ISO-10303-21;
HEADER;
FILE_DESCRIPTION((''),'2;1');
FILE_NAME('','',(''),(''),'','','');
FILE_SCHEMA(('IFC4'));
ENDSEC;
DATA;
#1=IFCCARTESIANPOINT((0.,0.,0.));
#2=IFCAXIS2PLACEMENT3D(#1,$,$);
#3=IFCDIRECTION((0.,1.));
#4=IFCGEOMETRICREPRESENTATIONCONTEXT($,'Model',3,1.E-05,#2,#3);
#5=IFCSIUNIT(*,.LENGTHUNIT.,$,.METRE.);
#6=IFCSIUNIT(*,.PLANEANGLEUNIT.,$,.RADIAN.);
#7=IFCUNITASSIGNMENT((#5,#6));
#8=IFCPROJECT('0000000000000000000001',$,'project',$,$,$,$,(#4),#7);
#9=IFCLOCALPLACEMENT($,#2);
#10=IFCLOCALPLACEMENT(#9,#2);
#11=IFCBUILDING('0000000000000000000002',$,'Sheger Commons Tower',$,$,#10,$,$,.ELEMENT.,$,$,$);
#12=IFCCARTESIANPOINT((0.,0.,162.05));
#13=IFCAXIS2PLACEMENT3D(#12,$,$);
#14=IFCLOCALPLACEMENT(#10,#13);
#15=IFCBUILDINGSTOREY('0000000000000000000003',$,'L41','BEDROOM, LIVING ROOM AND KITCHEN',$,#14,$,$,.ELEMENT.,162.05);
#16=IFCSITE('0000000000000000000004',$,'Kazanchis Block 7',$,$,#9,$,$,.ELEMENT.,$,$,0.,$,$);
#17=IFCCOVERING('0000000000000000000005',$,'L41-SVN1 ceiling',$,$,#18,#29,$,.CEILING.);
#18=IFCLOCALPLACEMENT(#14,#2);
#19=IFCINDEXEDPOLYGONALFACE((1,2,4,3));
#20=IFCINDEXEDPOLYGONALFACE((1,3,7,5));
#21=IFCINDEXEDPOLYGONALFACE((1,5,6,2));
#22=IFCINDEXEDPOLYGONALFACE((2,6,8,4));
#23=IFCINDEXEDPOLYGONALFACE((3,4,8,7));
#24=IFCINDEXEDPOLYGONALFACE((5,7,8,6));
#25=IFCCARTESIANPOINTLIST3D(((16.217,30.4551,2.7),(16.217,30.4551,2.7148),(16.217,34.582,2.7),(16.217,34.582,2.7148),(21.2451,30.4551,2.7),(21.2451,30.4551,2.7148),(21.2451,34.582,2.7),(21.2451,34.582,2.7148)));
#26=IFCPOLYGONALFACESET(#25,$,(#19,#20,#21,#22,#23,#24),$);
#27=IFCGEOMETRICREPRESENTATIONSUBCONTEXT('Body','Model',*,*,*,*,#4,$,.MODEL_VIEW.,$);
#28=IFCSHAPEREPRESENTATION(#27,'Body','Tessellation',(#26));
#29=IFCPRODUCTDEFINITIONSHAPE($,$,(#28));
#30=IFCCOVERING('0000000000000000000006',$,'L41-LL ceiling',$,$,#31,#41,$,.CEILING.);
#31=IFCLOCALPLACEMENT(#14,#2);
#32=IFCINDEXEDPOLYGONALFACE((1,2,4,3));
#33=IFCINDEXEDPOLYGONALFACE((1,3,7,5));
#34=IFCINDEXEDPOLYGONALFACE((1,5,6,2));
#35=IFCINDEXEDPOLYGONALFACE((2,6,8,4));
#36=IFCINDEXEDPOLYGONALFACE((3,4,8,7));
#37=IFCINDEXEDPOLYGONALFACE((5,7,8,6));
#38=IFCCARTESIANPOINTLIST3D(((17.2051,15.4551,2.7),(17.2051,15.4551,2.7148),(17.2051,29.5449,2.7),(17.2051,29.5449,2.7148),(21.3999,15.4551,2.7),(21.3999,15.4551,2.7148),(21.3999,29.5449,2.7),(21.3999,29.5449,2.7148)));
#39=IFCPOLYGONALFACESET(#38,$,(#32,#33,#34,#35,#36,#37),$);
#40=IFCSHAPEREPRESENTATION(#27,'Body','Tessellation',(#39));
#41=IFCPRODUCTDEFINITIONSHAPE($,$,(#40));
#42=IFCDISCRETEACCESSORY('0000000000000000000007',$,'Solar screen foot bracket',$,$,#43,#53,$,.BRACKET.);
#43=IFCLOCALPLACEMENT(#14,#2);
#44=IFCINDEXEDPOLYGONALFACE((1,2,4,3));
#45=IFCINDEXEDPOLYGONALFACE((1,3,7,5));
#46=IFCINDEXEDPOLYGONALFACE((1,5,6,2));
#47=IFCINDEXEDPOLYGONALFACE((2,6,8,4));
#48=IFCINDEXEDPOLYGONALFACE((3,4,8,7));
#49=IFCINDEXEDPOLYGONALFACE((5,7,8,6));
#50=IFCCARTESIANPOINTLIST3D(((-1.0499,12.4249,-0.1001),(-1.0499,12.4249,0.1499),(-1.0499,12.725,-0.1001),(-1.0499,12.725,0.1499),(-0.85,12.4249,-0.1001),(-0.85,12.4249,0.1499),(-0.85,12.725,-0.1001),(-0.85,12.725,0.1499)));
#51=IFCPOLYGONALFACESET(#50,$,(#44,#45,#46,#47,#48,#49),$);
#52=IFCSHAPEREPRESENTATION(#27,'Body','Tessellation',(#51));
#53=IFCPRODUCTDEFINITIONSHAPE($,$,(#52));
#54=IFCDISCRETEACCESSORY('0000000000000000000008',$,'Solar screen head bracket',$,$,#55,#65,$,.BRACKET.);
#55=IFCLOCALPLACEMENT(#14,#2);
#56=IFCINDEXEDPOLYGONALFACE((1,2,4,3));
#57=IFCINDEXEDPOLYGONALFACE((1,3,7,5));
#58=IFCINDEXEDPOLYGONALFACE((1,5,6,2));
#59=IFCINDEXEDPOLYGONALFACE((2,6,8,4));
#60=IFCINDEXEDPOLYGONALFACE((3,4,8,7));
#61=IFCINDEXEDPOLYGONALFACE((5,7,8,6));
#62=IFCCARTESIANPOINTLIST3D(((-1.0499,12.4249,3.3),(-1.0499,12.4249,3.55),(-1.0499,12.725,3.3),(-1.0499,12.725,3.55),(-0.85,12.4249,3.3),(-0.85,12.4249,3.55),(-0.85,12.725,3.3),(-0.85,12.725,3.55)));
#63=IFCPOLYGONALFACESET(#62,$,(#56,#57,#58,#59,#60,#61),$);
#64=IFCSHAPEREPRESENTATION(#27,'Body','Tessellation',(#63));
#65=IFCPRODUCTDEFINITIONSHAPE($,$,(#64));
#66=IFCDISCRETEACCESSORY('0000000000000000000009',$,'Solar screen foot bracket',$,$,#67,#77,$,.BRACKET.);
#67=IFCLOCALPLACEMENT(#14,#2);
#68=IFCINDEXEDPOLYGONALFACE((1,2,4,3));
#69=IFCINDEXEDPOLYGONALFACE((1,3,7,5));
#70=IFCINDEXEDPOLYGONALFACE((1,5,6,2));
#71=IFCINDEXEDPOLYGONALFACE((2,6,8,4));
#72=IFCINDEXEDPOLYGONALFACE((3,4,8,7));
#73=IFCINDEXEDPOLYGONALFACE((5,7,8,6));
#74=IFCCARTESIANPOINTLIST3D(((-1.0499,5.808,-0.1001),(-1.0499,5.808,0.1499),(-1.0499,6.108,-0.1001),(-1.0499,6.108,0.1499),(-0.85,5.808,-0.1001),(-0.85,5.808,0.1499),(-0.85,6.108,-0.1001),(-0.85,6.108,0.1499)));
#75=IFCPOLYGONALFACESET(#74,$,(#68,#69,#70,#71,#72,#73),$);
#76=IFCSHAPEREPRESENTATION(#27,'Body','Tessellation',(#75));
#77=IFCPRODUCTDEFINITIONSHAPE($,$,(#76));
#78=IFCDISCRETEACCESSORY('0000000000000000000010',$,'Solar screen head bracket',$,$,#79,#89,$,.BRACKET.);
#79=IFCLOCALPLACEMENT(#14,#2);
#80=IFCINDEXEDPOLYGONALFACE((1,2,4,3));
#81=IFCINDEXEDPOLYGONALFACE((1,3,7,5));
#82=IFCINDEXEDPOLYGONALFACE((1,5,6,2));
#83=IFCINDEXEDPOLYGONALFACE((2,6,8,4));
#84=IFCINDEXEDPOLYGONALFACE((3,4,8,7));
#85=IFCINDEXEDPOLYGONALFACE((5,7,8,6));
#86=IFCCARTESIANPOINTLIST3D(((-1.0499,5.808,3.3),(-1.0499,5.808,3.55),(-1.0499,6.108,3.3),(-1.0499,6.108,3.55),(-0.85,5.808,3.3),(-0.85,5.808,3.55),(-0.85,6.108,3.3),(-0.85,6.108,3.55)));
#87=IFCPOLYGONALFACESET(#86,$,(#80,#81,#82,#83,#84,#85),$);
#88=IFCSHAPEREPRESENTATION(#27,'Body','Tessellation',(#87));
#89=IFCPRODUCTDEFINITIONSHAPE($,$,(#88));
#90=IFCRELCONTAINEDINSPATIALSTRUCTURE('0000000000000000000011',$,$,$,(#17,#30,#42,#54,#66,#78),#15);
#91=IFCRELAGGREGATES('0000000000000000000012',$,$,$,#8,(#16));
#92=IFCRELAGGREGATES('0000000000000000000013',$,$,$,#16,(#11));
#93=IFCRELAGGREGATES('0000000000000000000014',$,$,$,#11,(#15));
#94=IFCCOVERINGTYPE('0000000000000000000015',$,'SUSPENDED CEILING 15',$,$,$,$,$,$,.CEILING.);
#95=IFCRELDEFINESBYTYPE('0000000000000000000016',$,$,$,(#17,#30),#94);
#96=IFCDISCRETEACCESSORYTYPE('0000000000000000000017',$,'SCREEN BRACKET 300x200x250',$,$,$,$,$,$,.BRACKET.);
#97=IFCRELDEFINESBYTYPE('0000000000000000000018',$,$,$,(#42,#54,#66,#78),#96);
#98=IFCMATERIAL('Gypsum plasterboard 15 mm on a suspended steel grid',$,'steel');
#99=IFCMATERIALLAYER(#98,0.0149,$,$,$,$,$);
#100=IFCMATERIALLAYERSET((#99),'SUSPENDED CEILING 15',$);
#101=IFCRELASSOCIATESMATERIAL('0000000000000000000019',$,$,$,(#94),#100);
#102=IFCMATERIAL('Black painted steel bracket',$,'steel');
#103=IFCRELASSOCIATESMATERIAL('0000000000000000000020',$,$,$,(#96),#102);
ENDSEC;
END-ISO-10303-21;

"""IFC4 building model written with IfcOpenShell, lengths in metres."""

from ifc_helpers import new_model, si_unit, direction, frame, origin, origin_2d, place, context, subcontext, project, spatial, polyline, rectangle, outline, extrude, material, layer, layer_set, type_object, element, save


model = new_model("IFC4")

# Units and contexts
model_context = context("Model", 3, precision=1e-05, world=origin(), true_north=direction((0.0, 1.0)))
body_context = subcontext(model_context, "Body", "Model", "MODEL_VIEW")
ifc_project = project(units=[si_unit("LENGTHUNIT", "METRE"), si_unit("PLANEANGLEUNIT", "RADIAN")], contexts=[model_context])

# Site, building, storey
site_placement = place(None, origin())
site = spatial("IfcSite", under=ifc_project, at=site_placement, Name="Kazanchis Block 7", CompositionType="ELEMENT", RefElevation=0.0)
building_placement = place(site_placement, origin())
building = spatial("IfcBuilding", under=site, at=building_placement, Name="Sheger Commons Tower", CompositionType="ELEMENT")
storey_placement = place(building_placement, frame((0.0, 0.0, 162.05)))
storey = spatial("IfcBuildingStorey", under=building, at=storey_placement, Name="L41", Description="BEDROOM, LIVING ROOM AND KITCHEN", CompositionType="ELEMENT", Elevation=162.05)

# Coverings
ifc_material_1 = material(Name="Gypsum plasterboard 15 mm on a suspended steel grid", Category="steel")
ifc_layer_1 = layer(ifc_material_1, 0.0149)
ifc_layer_set_1 = layer_set([ifc_layer_1], Name="SUSPENDED CEILING 15")
covering_type_1 = type_object("IfcCoveringType", Name="SUSPENDED CEILING 15", PredefinedType="CEILING", material=ifc_layer_set_1)
covering_1_placement = place(storey_placement, frame((0.0, 0.0, 2.7)))
element("IfcCovering", 1, at=covering_1_placement, inside=storey, type_object=covering_type_1, Name="L41-SVN1 ceiling", PredefinedType="CEILING", context=body_context, shape_type="SweptSolid", body=[
    extrude(outline(polyline([(16.217, 30.4551), (21.2451, 30.4551), (21.2451, 34.582), (16.217, 34.582), (16.217, 30.4551)])), origin(), (0.0, 0.0, 1.0), 0.0149),
])
covering_2_placement = place(storey_placement, frame((0.0, 0.0, 2.7)))
element("IfcCovering", 2, at=covering_2_placement, inside=storey, type_object=covering_type_1, Name="L41-LL ceiling", PredefinedType="CEILING", context=body_context, shape_type="SweptSolid", body=[
    extrude(outline(polyline([(17.2051, 15.4551), (21.3999, 15.4551), (21.3999, 29.5449), (17.2051, 29.5449), (17.2051, 15.4551)])), origin(), (0.0, 0.0, 1.0), 0.0149),
])

# Discrete accessories
ifc_material_2 = material(Name="Black painted steel bracket", Category="steel")
discrete_accessory_type = type_object("IfcDiscreteAccessoryType", Name="SCREEN BRACKET 300x200x250", PredefinedType="BRACKET", material=ifc_material_2)
for number, where, z_axis, x_axis, name in (
    (3, (-0.95, 12.575, -0.1001), (0.0, 0.0, 1.0), (0.0, -1.0, 0.0), "Solar screen foot bracket"),
    (4, (-0.95, 12.575, 3.3), (0.0, 0.0, 1.0), (0.0, -1.0, 0.0), "Solar screen head bracket"),
    (5, (-0.95, 5.958, -0.1001), (0.0, 0.0, 1.0), (0.0, -1.0, 0.0), "Solar screen foot bracket"),
    (6, (-0.95, 5.958, 3.3), (0.0, 0.0, 1.0), (0.0, -1.0, 0.0), "Solar screen head bracket"),
):
    element("IfcDiscreteAccessory", number, at=place(storey_placement, frame(where, z_axis=z_axis, x_axis=x_axis)), inside=storey, type_object=discrete_accessory_type, Name=name, PredefinedType="BRACKET", context=body_context, shape_type="SweptSolid", body=[
        extrude(rectangle(XDim=0.3, YDim=0.2, at=origin_2d()), origin(), (0.0, 0.0, 1.0), 0.25),
    ])

save(model, "model.ifc")
